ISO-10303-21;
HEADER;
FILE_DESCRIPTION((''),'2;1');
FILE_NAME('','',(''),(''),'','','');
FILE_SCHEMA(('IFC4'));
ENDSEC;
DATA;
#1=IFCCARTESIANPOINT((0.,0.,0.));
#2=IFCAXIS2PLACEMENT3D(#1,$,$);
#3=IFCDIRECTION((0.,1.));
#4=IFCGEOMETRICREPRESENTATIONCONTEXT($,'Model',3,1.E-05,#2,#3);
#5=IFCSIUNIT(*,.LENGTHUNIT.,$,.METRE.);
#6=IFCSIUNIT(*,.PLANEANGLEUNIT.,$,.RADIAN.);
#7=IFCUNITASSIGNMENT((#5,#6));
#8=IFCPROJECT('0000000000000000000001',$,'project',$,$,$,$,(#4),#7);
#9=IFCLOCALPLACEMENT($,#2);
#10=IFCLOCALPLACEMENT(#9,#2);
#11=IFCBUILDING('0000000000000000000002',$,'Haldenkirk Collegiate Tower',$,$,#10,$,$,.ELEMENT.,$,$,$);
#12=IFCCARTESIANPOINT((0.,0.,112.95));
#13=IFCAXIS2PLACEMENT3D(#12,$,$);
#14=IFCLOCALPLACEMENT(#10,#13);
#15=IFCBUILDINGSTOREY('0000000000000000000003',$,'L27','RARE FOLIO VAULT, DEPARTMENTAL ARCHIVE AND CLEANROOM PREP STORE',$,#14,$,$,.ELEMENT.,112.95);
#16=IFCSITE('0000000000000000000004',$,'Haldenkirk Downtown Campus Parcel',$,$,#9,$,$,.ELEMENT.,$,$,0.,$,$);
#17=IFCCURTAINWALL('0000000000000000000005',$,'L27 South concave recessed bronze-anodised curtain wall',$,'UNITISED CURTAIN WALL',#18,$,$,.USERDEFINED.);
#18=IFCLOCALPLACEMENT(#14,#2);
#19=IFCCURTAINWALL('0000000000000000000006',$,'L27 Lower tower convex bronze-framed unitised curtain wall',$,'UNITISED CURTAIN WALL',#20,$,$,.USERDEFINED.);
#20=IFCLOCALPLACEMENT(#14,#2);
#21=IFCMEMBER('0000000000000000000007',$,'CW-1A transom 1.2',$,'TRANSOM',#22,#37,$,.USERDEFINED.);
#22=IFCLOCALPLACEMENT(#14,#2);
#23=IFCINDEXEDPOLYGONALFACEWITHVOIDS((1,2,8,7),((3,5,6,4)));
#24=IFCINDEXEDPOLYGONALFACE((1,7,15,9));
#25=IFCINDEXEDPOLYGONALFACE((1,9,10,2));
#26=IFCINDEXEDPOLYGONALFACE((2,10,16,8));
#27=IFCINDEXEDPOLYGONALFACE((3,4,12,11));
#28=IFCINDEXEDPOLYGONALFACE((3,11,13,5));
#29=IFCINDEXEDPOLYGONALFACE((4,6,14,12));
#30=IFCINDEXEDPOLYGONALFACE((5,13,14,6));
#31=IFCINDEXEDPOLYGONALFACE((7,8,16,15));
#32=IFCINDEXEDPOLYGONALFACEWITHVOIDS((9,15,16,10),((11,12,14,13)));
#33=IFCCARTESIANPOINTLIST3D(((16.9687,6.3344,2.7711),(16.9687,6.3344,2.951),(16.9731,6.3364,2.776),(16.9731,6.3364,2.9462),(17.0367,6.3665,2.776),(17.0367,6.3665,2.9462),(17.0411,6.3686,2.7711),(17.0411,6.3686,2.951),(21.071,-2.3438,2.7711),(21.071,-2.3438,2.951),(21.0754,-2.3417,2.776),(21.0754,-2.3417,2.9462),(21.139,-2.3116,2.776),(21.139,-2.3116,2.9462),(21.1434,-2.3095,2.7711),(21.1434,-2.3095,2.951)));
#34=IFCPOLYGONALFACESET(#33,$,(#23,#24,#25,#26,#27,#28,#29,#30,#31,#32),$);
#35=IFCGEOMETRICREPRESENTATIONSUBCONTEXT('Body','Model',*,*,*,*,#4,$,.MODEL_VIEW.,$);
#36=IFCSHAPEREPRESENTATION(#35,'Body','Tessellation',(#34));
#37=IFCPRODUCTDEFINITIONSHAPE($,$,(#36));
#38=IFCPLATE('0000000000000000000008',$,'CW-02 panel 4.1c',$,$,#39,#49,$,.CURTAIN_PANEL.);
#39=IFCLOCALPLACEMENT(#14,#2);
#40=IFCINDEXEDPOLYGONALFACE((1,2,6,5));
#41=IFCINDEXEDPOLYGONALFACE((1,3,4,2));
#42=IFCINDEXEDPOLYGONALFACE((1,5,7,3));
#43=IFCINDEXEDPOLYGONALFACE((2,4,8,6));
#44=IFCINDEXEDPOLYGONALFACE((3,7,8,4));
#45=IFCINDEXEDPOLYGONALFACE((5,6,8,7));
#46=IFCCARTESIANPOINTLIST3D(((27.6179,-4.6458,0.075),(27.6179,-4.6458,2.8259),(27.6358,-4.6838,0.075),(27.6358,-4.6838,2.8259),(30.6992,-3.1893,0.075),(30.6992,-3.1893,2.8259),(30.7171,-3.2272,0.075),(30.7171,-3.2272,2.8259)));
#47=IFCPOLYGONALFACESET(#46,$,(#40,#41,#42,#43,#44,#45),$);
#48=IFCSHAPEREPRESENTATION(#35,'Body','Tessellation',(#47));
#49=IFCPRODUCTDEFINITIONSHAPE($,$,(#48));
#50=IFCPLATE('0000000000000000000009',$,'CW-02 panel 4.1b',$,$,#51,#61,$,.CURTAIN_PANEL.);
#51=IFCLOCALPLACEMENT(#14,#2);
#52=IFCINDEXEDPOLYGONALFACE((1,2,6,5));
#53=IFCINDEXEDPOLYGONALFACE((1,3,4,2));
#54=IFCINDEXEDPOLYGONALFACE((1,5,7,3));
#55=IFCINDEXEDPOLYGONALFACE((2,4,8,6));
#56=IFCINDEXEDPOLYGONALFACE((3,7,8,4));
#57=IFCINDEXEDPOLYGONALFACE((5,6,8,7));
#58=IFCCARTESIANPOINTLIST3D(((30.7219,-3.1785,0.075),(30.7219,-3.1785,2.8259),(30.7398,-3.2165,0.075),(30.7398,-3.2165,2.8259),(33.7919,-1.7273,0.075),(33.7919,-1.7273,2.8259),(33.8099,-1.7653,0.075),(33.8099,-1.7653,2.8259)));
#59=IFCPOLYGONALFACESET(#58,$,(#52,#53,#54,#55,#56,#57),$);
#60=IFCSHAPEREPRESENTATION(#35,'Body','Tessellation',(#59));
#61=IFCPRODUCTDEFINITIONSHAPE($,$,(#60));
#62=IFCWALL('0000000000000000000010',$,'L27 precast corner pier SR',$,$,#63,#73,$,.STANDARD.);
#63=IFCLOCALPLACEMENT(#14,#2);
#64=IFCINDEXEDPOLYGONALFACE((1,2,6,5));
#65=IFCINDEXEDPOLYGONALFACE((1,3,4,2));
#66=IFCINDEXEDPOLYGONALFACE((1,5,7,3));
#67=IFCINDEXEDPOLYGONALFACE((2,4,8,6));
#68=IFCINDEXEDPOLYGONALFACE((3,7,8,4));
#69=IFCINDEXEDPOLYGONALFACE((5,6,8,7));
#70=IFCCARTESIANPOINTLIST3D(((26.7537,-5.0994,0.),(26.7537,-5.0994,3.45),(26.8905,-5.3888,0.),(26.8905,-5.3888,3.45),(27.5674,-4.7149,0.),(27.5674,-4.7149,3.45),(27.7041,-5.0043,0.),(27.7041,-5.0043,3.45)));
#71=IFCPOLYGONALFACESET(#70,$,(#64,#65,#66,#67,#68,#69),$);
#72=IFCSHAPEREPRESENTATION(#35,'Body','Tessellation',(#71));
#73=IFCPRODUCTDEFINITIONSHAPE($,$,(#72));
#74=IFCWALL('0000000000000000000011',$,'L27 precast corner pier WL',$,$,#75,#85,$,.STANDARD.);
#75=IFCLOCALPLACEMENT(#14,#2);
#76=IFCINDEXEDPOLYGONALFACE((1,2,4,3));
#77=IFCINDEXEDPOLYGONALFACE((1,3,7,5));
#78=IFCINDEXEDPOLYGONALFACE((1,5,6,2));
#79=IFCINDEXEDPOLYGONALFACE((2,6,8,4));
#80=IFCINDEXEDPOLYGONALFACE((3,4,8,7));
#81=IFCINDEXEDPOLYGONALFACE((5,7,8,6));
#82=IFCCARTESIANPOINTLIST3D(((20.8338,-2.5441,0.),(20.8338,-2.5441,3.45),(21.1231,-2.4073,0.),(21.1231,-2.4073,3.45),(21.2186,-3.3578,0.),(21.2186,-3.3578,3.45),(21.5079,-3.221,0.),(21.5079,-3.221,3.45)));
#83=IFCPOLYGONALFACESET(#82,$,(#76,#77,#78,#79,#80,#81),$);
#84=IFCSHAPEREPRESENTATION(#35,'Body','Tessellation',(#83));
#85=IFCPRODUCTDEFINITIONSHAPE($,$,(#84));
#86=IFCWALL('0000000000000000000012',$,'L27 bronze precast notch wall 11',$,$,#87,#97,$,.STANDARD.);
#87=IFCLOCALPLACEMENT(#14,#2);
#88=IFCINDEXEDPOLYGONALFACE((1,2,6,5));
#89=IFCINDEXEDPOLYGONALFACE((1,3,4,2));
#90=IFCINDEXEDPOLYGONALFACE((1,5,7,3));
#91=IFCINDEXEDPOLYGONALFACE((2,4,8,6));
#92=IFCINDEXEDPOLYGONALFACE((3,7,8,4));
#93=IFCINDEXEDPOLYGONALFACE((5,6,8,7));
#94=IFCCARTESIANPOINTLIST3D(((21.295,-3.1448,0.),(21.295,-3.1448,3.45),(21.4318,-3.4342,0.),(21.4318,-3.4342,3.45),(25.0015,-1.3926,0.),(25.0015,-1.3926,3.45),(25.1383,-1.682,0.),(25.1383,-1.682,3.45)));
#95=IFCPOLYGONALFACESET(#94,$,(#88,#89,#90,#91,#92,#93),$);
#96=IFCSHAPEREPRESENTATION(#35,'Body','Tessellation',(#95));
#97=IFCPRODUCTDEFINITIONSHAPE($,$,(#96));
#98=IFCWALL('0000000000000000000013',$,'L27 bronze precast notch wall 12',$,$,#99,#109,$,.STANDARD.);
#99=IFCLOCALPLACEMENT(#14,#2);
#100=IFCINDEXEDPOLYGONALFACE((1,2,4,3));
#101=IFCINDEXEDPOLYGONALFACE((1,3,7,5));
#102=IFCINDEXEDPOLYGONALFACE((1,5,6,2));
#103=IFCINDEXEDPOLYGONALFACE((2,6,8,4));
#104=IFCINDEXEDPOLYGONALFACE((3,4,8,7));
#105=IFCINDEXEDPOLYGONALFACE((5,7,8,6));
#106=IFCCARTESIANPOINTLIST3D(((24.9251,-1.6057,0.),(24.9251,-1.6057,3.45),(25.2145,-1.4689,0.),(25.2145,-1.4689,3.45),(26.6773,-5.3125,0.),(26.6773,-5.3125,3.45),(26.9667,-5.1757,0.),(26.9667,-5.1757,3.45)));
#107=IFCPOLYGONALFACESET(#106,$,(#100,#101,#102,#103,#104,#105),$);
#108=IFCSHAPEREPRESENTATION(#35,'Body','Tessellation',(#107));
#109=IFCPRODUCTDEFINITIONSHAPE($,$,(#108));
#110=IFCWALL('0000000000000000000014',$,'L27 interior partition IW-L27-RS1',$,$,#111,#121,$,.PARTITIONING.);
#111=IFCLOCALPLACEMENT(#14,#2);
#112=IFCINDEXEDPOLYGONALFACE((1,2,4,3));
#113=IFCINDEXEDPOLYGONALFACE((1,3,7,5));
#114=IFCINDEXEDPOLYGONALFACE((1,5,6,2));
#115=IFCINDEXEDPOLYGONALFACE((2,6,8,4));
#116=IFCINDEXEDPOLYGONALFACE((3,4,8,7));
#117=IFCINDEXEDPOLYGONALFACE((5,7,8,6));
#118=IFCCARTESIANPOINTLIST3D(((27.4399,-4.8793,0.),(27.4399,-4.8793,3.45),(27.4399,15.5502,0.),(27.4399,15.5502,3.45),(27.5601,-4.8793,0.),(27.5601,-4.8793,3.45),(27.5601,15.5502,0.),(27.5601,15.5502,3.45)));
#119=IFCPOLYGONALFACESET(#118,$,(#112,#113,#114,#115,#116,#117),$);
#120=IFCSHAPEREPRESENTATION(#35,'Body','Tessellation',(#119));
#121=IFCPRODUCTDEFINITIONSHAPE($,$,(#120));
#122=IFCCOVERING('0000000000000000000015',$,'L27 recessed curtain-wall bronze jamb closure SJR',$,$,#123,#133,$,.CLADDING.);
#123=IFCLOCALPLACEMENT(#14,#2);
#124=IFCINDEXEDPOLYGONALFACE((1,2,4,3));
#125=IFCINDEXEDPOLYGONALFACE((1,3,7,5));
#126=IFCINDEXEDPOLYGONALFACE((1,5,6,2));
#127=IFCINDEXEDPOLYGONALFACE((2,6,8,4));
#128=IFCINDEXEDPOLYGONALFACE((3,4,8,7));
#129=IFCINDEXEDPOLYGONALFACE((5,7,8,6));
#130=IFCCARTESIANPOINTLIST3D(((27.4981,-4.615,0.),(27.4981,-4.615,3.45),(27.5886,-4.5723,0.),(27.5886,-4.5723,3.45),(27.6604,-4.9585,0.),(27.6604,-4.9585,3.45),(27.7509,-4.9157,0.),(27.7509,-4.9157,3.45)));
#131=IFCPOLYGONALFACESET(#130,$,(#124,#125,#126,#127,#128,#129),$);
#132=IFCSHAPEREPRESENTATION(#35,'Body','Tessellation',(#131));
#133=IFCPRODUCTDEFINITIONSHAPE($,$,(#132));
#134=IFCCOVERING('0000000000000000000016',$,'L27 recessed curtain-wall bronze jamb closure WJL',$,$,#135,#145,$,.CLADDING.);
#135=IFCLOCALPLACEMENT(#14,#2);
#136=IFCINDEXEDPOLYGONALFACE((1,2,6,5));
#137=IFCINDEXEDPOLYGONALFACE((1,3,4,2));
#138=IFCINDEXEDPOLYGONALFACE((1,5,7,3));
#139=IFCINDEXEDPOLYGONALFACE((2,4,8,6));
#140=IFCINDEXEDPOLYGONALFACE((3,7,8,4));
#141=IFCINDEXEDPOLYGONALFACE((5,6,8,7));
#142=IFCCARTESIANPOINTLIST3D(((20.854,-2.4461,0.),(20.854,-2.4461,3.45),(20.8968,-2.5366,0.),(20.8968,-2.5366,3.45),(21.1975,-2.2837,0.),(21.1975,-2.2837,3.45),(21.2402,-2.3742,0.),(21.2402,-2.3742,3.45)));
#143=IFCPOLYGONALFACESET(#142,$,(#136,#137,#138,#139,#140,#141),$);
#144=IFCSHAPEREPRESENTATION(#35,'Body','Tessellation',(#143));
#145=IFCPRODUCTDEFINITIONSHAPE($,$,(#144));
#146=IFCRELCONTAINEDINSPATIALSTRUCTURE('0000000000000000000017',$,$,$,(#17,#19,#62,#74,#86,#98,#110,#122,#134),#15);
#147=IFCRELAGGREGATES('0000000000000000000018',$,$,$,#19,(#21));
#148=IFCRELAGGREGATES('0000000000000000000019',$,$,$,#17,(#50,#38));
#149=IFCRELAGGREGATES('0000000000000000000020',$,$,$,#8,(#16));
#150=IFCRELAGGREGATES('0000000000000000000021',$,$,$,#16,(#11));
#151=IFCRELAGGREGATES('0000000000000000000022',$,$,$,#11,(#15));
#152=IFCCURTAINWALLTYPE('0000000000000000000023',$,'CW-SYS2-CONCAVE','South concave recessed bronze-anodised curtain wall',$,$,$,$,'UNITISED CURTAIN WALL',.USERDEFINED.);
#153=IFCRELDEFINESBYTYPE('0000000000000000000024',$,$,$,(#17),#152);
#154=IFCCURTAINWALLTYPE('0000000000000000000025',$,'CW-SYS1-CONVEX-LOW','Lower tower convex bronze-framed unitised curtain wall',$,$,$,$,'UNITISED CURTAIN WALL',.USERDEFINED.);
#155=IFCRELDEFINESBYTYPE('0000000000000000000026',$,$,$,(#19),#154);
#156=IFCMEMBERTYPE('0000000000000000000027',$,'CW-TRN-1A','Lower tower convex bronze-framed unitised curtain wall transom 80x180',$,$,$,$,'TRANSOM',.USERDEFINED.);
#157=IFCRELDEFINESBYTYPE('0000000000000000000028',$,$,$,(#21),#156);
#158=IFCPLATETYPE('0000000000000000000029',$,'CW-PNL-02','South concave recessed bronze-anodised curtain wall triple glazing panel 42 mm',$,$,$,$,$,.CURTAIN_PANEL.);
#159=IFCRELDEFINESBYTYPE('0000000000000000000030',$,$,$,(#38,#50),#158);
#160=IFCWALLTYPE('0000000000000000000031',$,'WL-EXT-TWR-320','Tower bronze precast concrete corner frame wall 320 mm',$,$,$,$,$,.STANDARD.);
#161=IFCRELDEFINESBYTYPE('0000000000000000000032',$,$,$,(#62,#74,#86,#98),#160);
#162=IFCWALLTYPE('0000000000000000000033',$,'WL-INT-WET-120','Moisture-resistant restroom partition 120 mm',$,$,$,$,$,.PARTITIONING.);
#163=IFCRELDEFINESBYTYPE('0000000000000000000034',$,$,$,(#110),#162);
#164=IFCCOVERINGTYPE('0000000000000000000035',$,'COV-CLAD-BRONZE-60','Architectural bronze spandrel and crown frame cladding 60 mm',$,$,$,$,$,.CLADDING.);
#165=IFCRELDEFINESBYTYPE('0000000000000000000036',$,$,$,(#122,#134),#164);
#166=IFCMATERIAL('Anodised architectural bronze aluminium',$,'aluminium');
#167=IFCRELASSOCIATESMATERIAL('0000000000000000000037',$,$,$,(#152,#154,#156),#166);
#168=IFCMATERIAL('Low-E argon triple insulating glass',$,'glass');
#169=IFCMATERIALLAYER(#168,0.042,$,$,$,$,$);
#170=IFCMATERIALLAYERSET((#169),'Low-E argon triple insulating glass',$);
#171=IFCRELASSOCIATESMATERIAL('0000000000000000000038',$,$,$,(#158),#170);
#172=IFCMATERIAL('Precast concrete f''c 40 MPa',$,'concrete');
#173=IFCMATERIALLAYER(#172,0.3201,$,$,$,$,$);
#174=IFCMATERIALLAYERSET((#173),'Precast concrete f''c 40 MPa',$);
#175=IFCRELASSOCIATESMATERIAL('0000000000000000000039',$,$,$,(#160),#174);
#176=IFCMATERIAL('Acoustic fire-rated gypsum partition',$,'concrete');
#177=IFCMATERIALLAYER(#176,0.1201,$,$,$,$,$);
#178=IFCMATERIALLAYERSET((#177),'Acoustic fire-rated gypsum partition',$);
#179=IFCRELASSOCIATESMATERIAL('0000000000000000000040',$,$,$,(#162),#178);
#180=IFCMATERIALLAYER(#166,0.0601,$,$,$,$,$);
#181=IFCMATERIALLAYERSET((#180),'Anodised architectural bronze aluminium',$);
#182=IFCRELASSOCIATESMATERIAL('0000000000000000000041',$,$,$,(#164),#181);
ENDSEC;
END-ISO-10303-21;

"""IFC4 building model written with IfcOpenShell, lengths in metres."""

from ifc_helpers import new_model, si_unit, direction, frame, frame_2d, origin, origin_2d, place, context, subcontext, project, spatial, rectangle, hollow_rectangle, extrude, source, transform, mapped, material, layer, layer_set, material_profile, profile_set, type_object, element, aggregate, save


model = new_model("IFC4")

# Units and contexts
model_context = context("Model", 3, precision=1e-05, world=origin(), true_north=direction((0.0, 1.0)))
body_context = subcontext(model_context, "Body", "Model", "MODEL_VIEW")
ifc_project = project(units=[si_unit("LENGTHUNIT", "METRE"), si_unit("PLANEANGLEUNIT", "RADIAN")], contexts=[model_context])

# Site, building, storey
site_placement = place(None, origin())
site = spatial("IfcSite", under=ifc_project, at=site_placement, Name="Haldenkirk Downtown Campus Parcel", CompositionType="ELEMENT", RefElevation=0.0)
building_placement = place(site_placement, origin())
building = spatial("IfcBuilding", under=site, at=building_placement, Name="Haldenkirk Collegiate Tower", CompositionType="ELEMENT")
storey_placement = place(building_placement, frame((0.0, 0.0, 112.95)))
storey = spatial("IfcBuildingStorey", under=building, at=storey_placement, Name="L27", Description="RARE FOLIO VAULT, DEPARTMENTAL ARCHIVE AND CLEANROOM PREP STORE", CompositionType="ELEMENT", Elevation=112.95)

# Curtain wall
ifc_material_1 = material(Name="Anodised architectural bronze aluminium", Category="aluminium")
curtain_wall_type_1 = type_object("IfcCurtainWallType", Name="CW-SYS2-CONCAVE", Description="South concave recessed bronze-anodised curtain wall", ElementType="UNITISED CURTAIN WALL", PredefinedType="USERDEFINED", material=ifc_material_1)
curtain_wall_1_placement = place(storey_placement, origin())
curtain_wall_1 = element("IfcCurtainWall", 1, at=curtain_wall_1_placement, inside=storey, type_object=curtain_wall_type_1, Name="L27 South concave recessed bronze-anodised curtain wall", ObjectType="UNITISED CURTAIN WALL", PredefinedType="USERDEFINED")

# Curtain wall, member
curtain_wall_type_2 = type_object("IfcCurtainWallType", Name="CW-SYS1-CONVEX-LOW", Description="Lower tower convex bronze-framed unitised curtain wall", ElementType="UNITISED CURTAIN WALL", PredefinedType="USERDEFINED", material=ifc_material_1)
curtain_wall_2_placement = place(storey_placement, origin())
curtain_wall_2 = element("IfcCurtainWall", 2, at=curtain_wall_2_placement, inside=storey, type_object=curtain_wall_type_2, Name="L27 Lower tower convex bronze-framed unitised curtain wall", ObjectType="UNITISED CURTAIN WALL", PredefinedType="USERDEFINED")
ifc_material_profile_1 = material_profile(ifc_material_1, hollow_rectangle(XDim=0.0801, YDim=0.1799, WallThickness=0.0049, at=origin_2d()), Name="CW-TRN-1A")
ifc_profile_set_1 = profile_set([ifc_material_profile_1], Name="Anodised architectural bronze aluminium")
member_type_1 = type_object("IfcMemberType", Name="CW-TRN-1A", Description="Lower tower convex bronze-framed unitised curtain wall transom 80x180", ElementType="TRANSOM", PredefinedType="USERDEFINED", material=ifc_profile_set_1)
member_1_placement = place(storey_placement, frame((21.1072, -2.3267, 2.8611), z_axis=(-0.427368, 0.904078, 0.0), x_axis=(-0.904078, -0.427368, 0.0)))
member_1 = element("IfcMember", 3, at=member_1_placement, type_object=member_type_1, Name="CW-1A transom 1.2", ObjectType="TRANSOM", PredefinedType="USERDEFINED", context=body_context, shape_type="SweptSolid", body=[
    extrude(hollow_rectangle(XDim=0.0801, YDim=0.1799, WallThickness=0.0049, at=origin_2d()), origin(), (0.0, 0.0, 1.0), 9.5989),
])
aggregate(curtain_wall_2, [member_1])

# Plates
ifc_material_2 = material(Name="Low-E argon triple insulating glass", Category="glass")
ifc_layer_1 = layer(ifc_material_2, 0.042)
ifc_layer_set_1 = layer_set([ifc_layer_1], Name="Low-E argon triple insulating glass")
plate_type = type_object("IfcPlateType", Name="CW-PNL-02", Description="South concave recessed bronze-anodised curtain wall triple glazing panel 42 mm", PredefinedType="CURTAIN_PANEL", material=ifc_layer_set_1)
shared_shape_1 = source(origin(), body_context, "Body", "SweptSolid", [
    extrude(rectangle(XDim=3.4082, YDim=0.042, at=origin_2d()), origin(), (0.0, 0.0, 1.0), 2.751),
])
plate_1_placement = place(storey_placement, frame((29.1675, -3.9365, 0.075), z_axis=(0.0, 0.0, 1.0), x_axis=(-0.904082, -0.427359, 0.0)))
plate_1 = element("IfcPlate", 4, at=plate_1_placement, type_object=plate_type, Name="CW-02 panel 4.1c", PredefinedType="CURTAIN_PANEL", context=body_context, shape_type="MappedRepresentation", body=[
    mapped(shared_shape_1, transform((0.0, 0.0, 0.0), x_axis=(1.0, 0.0, 0.0), y_axis=(0.0, 1.0, 0.0), z_axis=(0.0, 0.0, 1.0), scale=1.0)),
])
shared_shape_2 = source(origin(), body_context, "Body", "SweptSolid", [
    extrude(rectangle(XDim=3.3958, YDim=0.042, at=origin_2d()), origin(), (0.0, 0.0, 1.0), 2.751),
])
plate_2_placement = place(storey_placement, frame((32.2659, -2.4719, 0.075), z_axis=(0.0, 0.0, 1.0), x_axis=(-0.904082, -0.427359, 0.0)))
plate_2 = element("IfcPlate", 5, at=plate_2_placement, type_object=plate_type, Name="CW-02 panel 4.1b", PredefinedType="CURTAIN_PANEL", context=body_context, shape_type="MappedRepresentation", body=[
    mapped(shared_shape_2, transform((0.0, 0.0, 0.0), x_axis=(1.0, 0.0, 0.0), y_axis=(0.0, 1.0, 0.0), z_axis=(0.0, 0.0, 1.0), scale=1.0)),
])
aggregate(curtain_wall_1, [plate_2, plate_1])

# Walls
ifc_material_3 = material(Name="Precast concrete f'c 40 MPa", Category="concrete")
ifc_layer_2 = layer(ifc_material_3, 0.3201)
ifc_layer_set_2 = layer_set([ifc_layer_2], Name="Precast concrete f'c 40 MPa")
wall_type_1 = type_object("IfcWallType", Name="WL-EXT-TWR-320", Description="Tower bronze precast concrete corner frame wall 320 mm", PredefinedType="STANDARD", material=ifc_layer_set_2)
wall_1_placement = place(storey_placement, frame((27.6357, -4.8596, 0.0), z_axis=(0.0, 0.0, 1.0), x_axis=(-0.904135, -0.427247, 0.0)))
element("IfcWall", 6, at=wall_1_placement, inside=storey, type_object=wall_type_1, Name="L27 precast corner pier SR", PredefinedType="STANDARD", context=body_context, shape_type="SweptSolid", body=[
    extrude(rectangle(XDim=0.8999, YDim=0.3201, at=frame_2d((0.45, 0.0))), origin(), (0.0, 0.0, 1.0), 3.45),
])
wall_2_placement = place(storey_placement, frame((21.3633, -3.2896, 0.0), z_axis=(0.0, 0.0, 1.0), x_axis=(-0.427468, 0.90403, 0.0)))
element("IfcWall", 7, at=wall_2_placement, inside=storey, type_object=wall_type_1, Name="L27 precast corner pier WL", PredefinedType="STANDARD", context=body_context, shape_type="SweptSolid", body=[
    extrude(rectangle(XDim=0.9001, YDim=0.3201, at=frame_2d((0.4502, 0.0))), origin(), (0.0, 0.0, 1.0), 3.45),
])
wall_3_placement = place(storey_placement, frame((25.0698, -1.5374, 0.0), z_axis=(0.0, 0.0, 1.0), x_axis=(-0.904071, -0.427382, 0.0)))
element("IfcWall", 8, at=wall_3_placement, inside=storey, type_object=wall_type_1, Name="L27 bronze precast notch wall 11", PredefinedType="STANDARD", context=body_context, shape_type="SweptSolid", body=[
    extrude(rectangle(XDim=4.0999, YDim=0.3201, at=frame_2d((2.0498, 0.0))), origin(), (0.0, 0.0, 1.0), 3.45),
])
wall_4_placement = place(storey_placement, frame((26.822, -5.2441, 0.0), z_axis=(0.0, 0.0, 1.0), x_axis=(-0.427359, 0.904082, 0.0)))
element("IfcWall", 9, at=wall_4_placement, inside=storey, type_object=wall_type_1, Name="L27 bronze precast notch wall 12", PredefinedType="STANDARD", context=body_context, shape_type="SweptSolid", body=[
    extrude(rectangle(XDim=4.1001, YDim=0.3201, at=frame_2d((2.05, 0.0))), origin(), (0.0, 0.0, 1.0), 3.45),
])
ifc_material_4 = material(Name="Acoustic fire-rated gypsum partition", Category="concrete")
ifc_layer_3 = layer(ifc_material_4, 0.1201)
ifc_layer_set_3 = layer_set([ifc_layer_3], Name="Acoustic fire-rated gypsum partition")
wall_type_2 = type_object("IfcWallType", Name="WL-INT-WET-120", Description="Moisture-resistant restroom partition 120 mm", PredefinedType="PARTITIONING", material=ifc_layer_set_3)
wall_5_placement = place(storey_placement, frame((27.5, -4.8794, 0.0), z_axis=(0.0, 0.0, 1.0), x_axis=(0.0, 1.0, 0.0)))
element("IfcWall", 10, at=wall_5_placement, inside=storey, type_object=wall_type_2, Name="L27 interior partition IW-L27-RS1", PredefinedType="PARTITIONING", context=body_context, shape_type="SweptSolid", body=[
    extrude(rectangle(XDim=20.4294, YDim=0.1201, at=frame_2d((10.2148, 0.0))), origin(), (0.0, 0.0, 1.0), 3.45),
])

# Coverings
ifc_layer_4 = layer(ifc_material_1, 0.0601)
ifc_layer_set_4 = layer_set([ifc_layer_4], Name="Anodised architectural bronze aluminium")
covering_type = type_object("IfcCoveringType", Name="COV-CLAD-BRONZE-60", Description="Architectural bronze spandrel and crown frame cladding 60 mm", PredefinedType="CLADDING", material=ifc_layer_set_4)
shared_shape_3 = source(origin(), body_context, "Body", "SweptSolid", [
    extrude(rectangle(XDim=0.1001, YDim=0.3799, at=origin_2d()), origin(), (0.0, 0.0, 1.0), 3.45),
])
for number, where, z_axis, x_axis, name in (
    (11, (27.6245, -4.7654, 0.0), (0.0, 0.0, 1.0), (-0.904083, -0.427358, 0.0), "L27 recessed curtain-wall bronze jamb closure SJR"),
    (12, (21.0471, -2.4102, 0.0), (0.0, 0.0, 1.0), (-0.427358, 0.904083, 0.0), "L27 recessed curtain-wall bronze jamb closure WJL"),
):
    element("IfcCovering", number, at=place(storey_placement, frame(where, z_axis=z_axis, x_axis=x_axis)), inside=storey, type_object=covering_type, Name=name, PredefinedType="CLADDING", context=body_context, shape_type="MappedRepresentation", body=[
        mapped(shared_shape_3, transform((0.0, 0.0, 0.0), x_axis=(1.0, 0.0, 0.0), y_axis=(0.0, 1.0, 0.0), z_axis=(0.0, 0.0, 1.0), scale=1.0)),
    ])

save(model, "model.ifc")
